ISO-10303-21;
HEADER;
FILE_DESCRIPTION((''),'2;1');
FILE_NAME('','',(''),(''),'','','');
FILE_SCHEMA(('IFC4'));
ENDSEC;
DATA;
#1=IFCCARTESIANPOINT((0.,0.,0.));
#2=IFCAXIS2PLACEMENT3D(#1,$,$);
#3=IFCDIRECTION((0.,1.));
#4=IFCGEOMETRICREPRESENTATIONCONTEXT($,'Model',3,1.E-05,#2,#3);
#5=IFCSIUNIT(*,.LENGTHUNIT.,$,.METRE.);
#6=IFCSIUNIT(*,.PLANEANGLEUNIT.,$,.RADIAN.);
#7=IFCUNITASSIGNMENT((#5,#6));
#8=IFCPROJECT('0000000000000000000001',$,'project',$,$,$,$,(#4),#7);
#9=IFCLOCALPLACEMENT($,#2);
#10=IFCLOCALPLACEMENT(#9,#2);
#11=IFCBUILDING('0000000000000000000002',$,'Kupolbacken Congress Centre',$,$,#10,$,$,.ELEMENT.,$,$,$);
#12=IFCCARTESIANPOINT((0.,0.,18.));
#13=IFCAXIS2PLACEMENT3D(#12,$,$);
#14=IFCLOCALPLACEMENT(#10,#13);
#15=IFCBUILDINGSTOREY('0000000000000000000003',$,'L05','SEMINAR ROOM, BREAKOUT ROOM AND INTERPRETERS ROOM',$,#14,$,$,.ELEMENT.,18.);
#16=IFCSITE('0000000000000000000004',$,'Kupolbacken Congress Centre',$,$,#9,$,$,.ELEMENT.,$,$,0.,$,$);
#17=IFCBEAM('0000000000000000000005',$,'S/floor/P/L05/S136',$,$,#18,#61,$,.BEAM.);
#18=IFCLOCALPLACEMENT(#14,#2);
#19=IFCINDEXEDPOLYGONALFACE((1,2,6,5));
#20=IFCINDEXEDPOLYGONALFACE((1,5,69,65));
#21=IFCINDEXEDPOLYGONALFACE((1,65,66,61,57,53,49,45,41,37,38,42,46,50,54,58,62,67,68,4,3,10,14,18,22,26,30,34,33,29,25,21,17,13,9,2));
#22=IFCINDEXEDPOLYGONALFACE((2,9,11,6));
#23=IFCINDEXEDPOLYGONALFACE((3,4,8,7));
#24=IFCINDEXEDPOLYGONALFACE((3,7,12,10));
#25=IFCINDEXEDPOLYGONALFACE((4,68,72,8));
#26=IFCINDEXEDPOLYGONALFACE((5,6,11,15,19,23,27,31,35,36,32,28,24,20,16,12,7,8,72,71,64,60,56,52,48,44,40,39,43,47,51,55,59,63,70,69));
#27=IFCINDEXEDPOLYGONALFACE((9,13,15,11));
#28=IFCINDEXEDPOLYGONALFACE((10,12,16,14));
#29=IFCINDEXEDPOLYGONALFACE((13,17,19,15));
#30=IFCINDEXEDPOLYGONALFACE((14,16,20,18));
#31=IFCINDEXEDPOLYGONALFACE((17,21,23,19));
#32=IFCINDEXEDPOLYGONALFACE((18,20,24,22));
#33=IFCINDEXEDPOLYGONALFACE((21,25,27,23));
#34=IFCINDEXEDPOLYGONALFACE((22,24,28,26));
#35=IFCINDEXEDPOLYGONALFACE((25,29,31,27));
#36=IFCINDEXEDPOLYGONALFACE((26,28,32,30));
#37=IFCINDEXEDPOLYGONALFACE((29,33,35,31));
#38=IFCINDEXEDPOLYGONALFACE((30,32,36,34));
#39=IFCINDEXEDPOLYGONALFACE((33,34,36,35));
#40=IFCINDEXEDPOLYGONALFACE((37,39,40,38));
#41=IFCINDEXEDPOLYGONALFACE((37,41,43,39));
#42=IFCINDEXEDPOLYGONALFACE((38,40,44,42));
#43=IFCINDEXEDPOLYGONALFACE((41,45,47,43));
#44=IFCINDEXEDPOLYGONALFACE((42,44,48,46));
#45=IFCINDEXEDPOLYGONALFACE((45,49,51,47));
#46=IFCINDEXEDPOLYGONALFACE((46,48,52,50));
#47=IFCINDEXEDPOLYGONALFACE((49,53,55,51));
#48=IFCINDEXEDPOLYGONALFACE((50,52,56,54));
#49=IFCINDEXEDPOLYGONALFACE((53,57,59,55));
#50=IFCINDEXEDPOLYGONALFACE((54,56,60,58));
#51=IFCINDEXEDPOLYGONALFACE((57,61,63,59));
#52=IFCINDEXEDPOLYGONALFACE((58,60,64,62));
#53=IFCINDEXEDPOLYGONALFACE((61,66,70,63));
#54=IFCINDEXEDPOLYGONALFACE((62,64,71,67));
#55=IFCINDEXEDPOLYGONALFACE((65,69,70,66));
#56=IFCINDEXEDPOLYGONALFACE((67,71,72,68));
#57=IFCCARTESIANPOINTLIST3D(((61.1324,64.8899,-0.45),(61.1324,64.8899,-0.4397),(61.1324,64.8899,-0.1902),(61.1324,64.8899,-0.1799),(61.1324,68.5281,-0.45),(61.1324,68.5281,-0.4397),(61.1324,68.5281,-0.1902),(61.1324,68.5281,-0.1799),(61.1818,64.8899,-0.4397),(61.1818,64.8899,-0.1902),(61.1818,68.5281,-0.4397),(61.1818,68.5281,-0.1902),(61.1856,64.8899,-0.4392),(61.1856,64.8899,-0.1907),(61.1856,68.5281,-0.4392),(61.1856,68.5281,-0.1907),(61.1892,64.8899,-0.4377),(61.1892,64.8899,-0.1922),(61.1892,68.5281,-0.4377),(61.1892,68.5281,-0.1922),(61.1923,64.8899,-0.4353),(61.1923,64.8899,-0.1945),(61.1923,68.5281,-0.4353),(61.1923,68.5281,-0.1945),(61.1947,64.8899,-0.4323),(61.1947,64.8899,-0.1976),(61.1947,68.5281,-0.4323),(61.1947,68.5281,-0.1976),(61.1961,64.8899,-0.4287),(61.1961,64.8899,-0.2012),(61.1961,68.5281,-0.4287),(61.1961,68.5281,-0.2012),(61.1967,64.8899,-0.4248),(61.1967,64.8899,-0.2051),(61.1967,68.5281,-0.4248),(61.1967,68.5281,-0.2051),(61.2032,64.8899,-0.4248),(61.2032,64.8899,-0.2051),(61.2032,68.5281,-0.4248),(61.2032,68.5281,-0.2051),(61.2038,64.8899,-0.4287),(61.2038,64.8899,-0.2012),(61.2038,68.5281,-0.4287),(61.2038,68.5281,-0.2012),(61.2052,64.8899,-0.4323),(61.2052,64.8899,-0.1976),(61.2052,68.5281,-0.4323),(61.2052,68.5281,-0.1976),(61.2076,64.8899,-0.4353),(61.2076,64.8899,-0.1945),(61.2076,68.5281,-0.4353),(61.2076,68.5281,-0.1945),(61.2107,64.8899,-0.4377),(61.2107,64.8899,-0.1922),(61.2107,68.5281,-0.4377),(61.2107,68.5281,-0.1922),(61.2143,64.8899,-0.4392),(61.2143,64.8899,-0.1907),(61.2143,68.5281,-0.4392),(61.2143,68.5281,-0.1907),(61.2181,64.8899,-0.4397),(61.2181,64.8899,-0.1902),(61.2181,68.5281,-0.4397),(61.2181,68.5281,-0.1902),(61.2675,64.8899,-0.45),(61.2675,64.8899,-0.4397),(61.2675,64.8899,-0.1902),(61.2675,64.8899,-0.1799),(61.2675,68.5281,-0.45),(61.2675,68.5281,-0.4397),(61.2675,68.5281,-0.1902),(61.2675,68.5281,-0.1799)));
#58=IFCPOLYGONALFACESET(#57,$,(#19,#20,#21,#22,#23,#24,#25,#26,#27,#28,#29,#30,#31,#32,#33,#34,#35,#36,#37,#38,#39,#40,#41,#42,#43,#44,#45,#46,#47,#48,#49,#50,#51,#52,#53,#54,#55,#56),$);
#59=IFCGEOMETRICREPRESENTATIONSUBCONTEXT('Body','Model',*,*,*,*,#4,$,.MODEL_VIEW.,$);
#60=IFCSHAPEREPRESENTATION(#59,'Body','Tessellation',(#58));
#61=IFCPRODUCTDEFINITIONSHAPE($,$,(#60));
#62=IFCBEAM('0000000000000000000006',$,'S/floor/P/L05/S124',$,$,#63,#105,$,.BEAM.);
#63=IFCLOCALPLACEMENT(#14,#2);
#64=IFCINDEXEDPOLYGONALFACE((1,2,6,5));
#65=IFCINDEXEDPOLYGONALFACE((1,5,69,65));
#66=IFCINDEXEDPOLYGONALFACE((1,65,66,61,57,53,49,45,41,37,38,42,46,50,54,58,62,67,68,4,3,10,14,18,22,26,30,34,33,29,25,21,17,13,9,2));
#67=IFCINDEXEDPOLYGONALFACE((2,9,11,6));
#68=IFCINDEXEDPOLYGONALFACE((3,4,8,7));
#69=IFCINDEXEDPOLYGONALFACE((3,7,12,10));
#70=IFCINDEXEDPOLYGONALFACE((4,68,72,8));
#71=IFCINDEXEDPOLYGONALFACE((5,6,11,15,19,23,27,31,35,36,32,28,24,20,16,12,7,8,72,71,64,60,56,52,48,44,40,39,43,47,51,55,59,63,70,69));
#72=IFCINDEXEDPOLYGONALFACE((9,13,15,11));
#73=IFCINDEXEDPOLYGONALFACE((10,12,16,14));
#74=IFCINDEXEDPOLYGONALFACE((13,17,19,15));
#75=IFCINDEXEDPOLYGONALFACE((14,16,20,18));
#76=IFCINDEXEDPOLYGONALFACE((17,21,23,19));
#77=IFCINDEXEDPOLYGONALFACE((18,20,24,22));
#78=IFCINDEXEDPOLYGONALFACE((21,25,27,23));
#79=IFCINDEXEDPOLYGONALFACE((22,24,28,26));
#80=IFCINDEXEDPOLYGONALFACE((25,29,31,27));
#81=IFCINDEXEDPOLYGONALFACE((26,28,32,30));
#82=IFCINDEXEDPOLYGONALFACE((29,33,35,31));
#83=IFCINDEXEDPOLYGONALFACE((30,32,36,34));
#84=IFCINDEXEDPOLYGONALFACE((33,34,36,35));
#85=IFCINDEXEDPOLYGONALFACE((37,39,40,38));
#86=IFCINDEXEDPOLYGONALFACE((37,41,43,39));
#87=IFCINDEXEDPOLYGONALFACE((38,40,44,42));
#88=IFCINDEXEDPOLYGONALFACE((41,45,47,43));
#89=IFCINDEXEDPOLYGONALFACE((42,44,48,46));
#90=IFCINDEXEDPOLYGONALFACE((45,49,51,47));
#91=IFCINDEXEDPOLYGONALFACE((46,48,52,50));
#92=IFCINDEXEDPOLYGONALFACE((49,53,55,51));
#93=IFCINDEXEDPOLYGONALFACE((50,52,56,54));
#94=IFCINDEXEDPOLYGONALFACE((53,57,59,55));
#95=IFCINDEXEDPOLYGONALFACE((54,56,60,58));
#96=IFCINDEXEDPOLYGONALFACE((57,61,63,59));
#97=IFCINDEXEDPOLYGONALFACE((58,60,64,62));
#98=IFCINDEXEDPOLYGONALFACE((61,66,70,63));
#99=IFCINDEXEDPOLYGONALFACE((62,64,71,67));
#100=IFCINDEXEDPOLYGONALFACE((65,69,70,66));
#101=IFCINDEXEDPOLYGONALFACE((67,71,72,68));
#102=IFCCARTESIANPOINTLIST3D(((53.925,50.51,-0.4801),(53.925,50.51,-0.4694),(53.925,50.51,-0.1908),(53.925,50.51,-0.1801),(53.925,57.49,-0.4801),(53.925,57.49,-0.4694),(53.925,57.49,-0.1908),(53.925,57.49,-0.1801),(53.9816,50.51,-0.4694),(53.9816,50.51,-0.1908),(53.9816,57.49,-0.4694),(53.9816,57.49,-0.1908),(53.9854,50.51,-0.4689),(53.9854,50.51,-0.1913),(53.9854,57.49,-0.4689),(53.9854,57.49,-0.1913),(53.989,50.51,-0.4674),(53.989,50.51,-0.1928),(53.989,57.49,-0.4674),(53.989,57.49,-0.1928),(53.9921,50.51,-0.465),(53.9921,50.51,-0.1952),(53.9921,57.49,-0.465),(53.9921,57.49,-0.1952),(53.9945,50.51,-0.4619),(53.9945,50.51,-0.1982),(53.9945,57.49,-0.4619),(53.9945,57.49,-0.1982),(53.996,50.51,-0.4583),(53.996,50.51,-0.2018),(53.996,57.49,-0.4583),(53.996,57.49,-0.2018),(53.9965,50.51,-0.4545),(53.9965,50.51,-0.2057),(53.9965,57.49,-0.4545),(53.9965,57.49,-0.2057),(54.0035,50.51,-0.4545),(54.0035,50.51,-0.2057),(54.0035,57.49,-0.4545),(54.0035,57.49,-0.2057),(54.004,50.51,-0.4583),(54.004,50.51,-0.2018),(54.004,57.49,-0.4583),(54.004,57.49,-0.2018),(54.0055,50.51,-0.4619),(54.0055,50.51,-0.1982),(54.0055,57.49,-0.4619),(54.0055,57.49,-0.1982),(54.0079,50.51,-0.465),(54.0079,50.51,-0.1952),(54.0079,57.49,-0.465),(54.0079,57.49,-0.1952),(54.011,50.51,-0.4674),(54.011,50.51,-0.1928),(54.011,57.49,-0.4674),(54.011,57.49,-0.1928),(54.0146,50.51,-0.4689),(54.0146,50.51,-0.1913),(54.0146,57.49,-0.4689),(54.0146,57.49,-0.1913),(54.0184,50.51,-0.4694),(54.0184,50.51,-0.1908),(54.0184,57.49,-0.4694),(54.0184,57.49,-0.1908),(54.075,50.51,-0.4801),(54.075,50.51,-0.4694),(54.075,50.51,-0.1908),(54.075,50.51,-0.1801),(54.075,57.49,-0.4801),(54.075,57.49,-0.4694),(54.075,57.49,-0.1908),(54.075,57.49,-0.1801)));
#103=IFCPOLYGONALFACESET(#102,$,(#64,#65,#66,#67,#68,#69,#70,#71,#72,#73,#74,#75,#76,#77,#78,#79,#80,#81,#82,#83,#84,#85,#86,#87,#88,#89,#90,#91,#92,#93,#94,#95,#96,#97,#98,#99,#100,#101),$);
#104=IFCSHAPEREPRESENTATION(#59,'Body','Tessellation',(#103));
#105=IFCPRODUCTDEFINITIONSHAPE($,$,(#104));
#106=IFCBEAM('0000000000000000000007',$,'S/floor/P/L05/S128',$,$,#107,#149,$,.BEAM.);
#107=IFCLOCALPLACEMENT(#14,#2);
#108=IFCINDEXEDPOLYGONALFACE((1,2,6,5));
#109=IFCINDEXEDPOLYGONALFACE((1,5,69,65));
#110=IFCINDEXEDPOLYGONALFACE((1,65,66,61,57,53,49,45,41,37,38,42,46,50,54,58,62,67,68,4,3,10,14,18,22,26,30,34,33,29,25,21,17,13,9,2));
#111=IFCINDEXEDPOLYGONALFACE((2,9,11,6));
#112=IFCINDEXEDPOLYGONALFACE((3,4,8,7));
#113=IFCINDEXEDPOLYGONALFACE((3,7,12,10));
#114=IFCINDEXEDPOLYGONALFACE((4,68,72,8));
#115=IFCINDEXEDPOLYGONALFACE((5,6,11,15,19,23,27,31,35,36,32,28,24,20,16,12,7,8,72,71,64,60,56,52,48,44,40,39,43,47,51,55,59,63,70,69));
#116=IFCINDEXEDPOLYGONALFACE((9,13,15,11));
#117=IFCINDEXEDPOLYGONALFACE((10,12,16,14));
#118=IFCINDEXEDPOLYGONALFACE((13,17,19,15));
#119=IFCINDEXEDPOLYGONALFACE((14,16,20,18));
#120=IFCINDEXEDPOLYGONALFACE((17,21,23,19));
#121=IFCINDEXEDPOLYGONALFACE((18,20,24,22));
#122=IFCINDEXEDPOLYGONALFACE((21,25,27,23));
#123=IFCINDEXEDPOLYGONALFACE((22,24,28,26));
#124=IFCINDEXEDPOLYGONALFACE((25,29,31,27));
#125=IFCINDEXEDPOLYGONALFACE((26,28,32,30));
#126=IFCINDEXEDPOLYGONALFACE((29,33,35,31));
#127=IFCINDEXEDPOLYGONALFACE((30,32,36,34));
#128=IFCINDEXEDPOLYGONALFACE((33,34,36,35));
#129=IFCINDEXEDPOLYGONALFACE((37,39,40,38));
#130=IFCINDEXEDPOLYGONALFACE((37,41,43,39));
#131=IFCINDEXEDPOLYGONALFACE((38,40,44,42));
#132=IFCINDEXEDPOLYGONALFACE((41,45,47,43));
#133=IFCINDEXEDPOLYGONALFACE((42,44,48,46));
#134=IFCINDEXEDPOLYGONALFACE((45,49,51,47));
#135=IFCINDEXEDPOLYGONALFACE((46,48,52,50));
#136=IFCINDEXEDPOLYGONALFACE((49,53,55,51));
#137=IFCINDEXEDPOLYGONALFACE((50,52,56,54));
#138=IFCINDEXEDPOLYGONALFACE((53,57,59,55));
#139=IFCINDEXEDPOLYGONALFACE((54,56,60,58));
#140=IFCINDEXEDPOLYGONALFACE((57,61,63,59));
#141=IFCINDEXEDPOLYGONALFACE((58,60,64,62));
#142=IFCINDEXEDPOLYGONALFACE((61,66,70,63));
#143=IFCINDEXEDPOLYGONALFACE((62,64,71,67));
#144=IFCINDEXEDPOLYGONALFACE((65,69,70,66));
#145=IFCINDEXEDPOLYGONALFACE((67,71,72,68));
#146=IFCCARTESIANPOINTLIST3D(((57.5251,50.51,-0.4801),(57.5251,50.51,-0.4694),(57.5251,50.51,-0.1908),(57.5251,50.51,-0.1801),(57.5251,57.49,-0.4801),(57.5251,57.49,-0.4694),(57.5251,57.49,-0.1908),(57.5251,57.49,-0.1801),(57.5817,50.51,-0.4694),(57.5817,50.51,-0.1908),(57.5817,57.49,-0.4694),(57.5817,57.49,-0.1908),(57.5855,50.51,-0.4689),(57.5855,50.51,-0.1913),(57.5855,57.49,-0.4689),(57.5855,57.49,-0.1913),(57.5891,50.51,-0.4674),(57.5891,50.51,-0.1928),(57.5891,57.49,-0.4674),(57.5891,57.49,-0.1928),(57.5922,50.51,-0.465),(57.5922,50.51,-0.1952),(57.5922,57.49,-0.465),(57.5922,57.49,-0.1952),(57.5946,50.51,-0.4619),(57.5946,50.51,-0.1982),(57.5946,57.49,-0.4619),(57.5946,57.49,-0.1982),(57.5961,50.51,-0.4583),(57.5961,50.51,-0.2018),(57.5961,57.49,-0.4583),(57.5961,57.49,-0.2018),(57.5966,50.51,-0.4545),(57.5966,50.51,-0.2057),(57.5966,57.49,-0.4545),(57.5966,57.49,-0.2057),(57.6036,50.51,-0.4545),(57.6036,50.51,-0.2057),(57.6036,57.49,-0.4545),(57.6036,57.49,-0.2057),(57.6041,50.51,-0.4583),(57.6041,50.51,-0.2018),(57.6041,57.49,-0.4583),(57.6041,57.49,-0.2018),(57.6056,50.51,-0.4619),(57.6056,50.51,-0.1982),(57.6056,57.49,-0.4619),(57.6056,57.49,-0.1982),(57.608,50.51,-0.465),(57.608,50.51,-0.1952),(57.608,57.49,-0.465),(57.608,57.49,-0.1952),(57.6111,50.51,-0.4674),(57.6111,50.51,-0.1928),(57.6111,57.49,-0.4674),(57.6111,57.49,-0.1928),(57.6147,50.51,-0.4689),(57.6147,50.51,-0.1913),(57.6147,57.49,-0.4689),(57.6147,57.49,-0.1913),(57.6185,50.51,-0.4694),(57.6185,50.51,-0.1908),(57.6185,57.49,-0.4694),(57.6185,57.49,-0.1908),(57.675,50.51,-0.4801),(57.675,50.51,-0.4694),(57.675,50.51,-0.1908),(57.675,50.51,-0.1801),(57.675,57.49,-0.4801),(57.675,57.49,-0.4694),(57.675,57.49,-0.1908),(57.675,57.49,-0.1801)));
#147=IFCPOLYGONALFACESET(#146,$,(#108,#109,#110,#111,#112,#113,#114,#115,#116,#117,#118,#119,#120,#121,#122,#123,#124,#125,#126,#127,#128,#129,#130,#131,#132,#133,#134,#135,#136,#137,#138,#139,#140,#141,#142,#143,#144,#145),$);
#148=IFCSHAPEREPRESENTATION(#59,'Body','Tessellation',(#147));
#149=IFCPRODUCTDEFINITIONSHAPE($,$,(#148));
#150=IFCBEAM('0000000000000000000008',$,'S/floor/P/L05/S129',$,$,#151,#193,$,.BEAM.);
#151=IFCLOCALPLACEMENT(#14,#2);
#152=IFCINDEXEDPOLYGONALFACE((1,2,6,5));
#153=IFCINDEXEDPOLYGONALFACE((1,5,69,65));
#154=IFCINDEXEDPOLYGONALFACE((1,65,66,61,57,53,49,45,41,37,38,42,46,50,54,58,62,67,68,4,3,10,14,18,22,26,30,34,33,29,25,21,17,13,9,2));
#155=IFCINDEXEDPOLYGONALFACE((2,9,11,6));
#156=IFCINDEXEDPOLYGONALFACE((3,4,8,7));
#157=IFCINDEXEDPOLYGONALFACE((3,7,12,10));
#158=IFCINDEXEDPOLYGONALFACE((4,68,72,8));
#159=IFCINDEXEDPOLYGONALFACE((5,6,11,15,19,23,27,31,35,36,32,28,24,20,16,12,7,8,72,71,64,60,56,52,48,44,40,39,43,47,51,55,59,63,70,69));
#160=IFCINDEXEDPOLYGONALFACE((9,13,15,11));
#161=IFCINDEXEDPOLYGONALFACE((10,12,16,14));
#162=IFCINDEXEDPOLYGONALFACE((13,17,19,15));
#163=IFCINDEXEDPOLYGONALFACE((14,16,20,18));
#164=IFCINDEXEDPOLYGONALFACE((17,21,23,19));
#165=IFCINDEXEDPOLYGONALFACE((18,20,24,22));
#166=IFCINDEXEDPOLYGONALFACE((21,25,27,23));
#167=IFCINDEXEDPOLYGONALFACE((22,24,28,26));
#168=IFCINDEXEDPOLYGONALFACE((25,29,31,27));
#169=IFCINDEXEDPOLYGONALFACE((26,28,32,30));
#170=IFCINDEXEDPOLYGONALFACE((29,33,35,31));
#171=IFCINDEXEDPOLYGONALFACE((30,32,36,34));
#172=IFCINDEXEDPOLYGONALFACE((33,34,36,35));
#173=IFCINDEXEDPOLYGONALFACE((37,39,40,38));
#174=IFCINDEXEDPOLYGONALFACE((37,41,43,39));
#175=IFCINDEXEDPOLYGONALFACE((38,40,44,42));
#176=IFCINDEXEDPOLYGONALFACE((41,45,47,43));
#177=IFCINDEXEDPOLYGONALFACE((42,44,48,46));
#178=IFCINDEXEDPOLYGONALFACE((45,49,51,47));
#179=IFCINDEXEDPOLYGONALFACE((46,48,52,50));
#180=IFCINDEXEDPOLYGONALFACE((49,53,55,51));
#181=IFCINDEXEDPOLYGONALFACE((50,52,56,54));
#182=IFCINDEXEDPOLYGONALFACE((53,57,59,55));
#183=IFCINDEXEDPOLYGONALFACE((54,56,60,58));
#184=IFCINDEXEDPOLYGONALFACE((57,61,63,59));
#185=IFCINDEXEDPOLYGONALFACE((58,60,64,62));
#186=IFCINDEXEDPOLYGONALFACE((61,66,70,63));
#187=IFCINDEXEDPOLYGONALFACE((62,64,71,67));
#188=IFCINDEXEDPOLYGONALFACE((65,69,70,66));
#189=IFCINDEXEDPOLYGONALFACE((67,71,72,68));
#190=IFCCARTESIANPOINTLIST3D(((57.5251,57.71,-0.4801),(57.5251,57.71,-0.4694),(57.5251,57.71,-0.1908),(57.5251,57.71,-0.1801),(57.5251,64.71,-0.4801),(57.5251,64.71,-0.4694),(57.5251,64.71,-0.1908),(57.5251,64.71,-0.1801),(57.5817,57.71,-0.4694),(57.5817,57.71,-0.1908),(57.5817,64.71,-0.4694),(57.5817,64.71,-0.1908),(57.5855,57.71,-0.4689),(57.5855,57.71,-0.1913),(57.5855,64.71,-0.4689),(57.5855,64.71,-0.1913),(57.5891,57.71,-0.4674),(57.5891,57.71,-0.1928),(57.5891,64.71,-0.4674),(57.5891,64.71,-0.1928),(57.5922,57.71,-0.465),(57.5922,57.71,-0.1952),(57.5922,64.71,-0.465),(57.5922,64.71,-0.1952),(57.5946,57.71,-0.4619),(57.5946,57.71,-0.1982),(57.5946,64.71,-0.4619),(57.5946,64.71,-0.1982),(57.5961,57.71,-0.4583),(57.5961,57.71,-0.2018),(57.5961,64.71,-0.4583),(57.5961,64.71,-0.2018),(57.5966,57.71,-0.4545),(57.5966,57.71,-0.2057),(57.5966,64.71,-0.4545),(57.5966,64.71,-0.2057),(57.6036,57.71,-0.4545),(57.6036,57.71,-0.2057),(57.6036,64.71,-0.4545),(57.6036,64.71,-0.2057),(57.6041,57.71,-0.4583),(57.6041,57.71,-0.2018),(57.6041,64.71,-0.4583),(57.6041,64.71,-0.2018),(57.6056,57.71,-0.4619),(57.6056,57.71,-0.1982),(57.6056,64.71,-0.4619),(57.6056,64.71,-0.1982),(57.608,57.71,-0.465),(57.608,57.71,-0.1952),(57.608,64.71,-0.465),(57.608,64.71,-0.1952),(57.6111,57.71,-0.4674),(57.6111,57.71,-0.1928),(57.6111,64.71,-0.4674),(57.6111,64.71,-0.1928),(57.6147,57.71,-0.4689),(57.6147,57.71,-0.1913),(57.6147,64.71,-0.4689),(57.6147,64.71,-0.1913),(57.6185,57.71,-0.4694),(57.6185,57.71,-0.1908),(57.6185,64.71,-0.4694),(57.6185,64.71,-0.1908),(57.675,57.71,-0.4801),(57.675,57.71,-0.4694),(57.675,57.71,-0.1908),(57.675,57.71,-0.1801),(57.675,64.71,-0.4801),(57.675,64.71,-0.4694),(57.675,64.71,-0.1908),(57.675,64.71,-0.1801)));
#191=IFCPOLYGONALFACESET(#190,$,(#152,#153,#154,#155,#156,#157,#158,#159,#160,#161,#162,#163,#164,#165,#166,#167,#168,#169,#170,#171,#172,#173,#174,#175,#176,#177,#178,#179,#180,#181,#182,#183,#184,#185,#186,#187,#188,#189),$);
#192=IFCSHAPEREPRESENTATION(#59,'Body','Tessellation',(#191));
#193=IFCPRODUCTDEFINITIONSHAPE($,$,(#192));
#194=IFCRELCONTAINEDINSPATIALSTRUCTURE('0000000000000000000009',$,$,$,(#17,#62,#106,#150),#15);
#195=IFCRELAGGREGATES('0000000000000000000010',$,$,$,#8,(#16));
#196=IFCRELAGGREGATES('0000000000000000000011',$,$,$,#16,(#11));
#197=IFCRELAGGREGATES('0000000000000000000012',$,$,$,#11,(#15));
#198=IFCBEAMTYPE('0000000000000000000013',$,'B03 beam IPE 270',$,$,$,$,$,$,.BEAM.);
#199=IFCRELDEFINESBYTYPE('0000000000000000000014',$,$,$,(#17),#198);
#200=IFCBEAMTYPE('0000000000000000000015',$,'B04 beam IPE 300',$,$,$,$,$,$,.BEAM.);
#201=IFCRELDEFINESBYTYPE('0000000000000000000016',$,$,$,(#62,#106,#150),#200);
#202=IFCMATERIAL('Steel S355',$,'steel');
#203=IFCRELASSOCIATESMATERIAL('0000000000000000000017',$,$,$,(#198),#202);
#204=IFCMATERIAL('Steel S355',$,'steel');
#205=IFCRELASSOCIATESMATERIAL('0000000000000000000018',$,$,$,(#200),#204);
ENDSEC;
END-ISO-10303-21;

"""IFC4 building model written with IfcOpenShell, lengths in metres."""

from ifc_helpers import new_model, si_unit, direction, frame, origin, origin_2d, place, context, subcontext, project, spatial, i_section, extrude, material, material_profile, profile_set, type_object, element, save


model = new_model("IFC4")

# Units and contexts
model_context = context("Model", 3, precision=1e-05, world=origin(), true_north=direction((0.0, 1.0)))
body_context = subcontext(model_context, "Body", "Model", "MODEL_VIEW")
ifc_project = project(units=[si_unit("LENGTHUNIT", "METRE"), si_unit("PLANEANGLEUNIT", "RADIAN")], contexts=[model_context])

# Site, building, storey
site_placement = place(None, origin())
site = spatial("IfcSite", under=ifc_project, at=site_placement, Name="Kupolbacken Congress Centre", CompositionType="ELEMENT", RefElevation=0.0)
building_placement = place(site_placement, origin())
building = spatial("IfcBuilding", under=site, at=building_placement, Name="Kupolbacken Congress Centre", CompositionType="ELEMENT")
storey_placement = place(building_placement, frame((0.0, 0.0, 18.0)))
storey = spatial("IfcBuildingStorey", under=building, at=storey_placement, Name="L05", Description="SEMINAR ROOM, BREAKOUT ROOM AND INTERPRETERS ROOM", CompositionType="ELEMENT", Elevation=18.0)

# Beams
ifc_material_1 = material(Name="Steel S355", Category="steel")
ifc_material_profile_1 = material_profile(ifc_material_1, i_section(OverallWidth=0.135, OverallDepth=0.27, WebThickness=0.0066, FlangeThickness=0.0103, FilletRadius=0.0149, at=origin_2d()), Name="IPE 270")
ifc_profile_set_1 = profile_set([ifc_material_profile_1], Name="Steel S355")
beam_type_1 = type_object("IfcBeamType", Name="B03 beam IPE 270", PredefinedType="BEAM", material=ifc_profile_set_1)
beam_1_placement = place(storey_placement, frame((61.2, 64.8899, -0.3149), z_axis=(0.0, 1.0, 0.0), x_axis=(-1.0, 0.0, 0.0)))
element("IfcBeam", 1, at=beam_1_placement, inside=storey, type_object=beam_type_1, Name="S/floor/P/L05/S136", PredefinedType="BEAM", context=body_context, shape_type="SweptSolid", body=[
    extrude(i_section(OverallWidth=0.135, OverallDepth=0.27, WebThickness=0.0066, FlangeThickness=0.0103, FilletRadius=0.0149, at=origin_2d()), origin(), (0.0, 0.0, 1.0), 3.6382),
])
ifc_material_2 = material(Name="Steel S355", Category="steel")
ifc_material_profile_2 = material_profile(ifc_material_2, i_section(OverallWidth=0.1499, OverallDepth=0.3, WebThickness=0.0071, FlangeThickness=0.0107, FilletRadius=0.0149, at=origin_2d()), Name="IPE 300")
ifc_profile_set_2 = profile_set([ifc_material_profile_2], Name="Steel S355")
beam_type_2 = type_object("IfcBeamType", Name="B04 beam IPE 300", PredefinedType="BEAM", material=ifc_profile_set_2)
for number, where, z_axis, x_axis, name in (
    (2, (54.0, 50.51, -0.3301), (0.0, 1.0, 0.0), (-1.0, 0.0, 0.0), "S/floor/P/L05/S124"),
    (3, (57.6001, 50.51, -0.3301), (0.0, 1.0, 0.0), (-1.0, 0.0, 0.0), "S/floor/P/L05/S128"),
):
    element("IfcBeam", number, at=place(storey_placement, frame(where, z_axis=z_axis, x_axis=x_axis)), inside=storey, type_object=beam_type_2, Name=name, PredefinedType="BEAM", context=body_context, shape_type="SweptSolid", body=[
        extrude(i_section(OverallWidth=0.1499, OverallDepth=0.3, WebThickness=0.0071, FlangeThickness=0.0107, FilletRadius=0.0149, at=origin_2d()), origin(), (0.0, 0.0, 1.0), 6.98),
    ])
beam_2_placement = place(storey_placement, frame((57.6001, 57.71, -0.3301), z_axis=(0.0, 1.0, 0.0), x_axis=(-1.0, 0.0, 0.0)))
element("IfcBeam", 4, at=beam_2_placement, inside=storey, type_object=beam_type_2, Name="S/floor/P/L05/S129", PredefinedType="BEAM", context=body_context, shape_type="SweptSolid", body=[
    extrude(i_section(OverallWidth=0.1499, OverallDepth=0.3, WebThickness=0.0071, FlangeThickness=0.0107, FilletRadius=0.0149, at=origin_2d()), origin(), (0.0, 0.0, 1.0), 7.0),
])

save(model, "model.ifc")
